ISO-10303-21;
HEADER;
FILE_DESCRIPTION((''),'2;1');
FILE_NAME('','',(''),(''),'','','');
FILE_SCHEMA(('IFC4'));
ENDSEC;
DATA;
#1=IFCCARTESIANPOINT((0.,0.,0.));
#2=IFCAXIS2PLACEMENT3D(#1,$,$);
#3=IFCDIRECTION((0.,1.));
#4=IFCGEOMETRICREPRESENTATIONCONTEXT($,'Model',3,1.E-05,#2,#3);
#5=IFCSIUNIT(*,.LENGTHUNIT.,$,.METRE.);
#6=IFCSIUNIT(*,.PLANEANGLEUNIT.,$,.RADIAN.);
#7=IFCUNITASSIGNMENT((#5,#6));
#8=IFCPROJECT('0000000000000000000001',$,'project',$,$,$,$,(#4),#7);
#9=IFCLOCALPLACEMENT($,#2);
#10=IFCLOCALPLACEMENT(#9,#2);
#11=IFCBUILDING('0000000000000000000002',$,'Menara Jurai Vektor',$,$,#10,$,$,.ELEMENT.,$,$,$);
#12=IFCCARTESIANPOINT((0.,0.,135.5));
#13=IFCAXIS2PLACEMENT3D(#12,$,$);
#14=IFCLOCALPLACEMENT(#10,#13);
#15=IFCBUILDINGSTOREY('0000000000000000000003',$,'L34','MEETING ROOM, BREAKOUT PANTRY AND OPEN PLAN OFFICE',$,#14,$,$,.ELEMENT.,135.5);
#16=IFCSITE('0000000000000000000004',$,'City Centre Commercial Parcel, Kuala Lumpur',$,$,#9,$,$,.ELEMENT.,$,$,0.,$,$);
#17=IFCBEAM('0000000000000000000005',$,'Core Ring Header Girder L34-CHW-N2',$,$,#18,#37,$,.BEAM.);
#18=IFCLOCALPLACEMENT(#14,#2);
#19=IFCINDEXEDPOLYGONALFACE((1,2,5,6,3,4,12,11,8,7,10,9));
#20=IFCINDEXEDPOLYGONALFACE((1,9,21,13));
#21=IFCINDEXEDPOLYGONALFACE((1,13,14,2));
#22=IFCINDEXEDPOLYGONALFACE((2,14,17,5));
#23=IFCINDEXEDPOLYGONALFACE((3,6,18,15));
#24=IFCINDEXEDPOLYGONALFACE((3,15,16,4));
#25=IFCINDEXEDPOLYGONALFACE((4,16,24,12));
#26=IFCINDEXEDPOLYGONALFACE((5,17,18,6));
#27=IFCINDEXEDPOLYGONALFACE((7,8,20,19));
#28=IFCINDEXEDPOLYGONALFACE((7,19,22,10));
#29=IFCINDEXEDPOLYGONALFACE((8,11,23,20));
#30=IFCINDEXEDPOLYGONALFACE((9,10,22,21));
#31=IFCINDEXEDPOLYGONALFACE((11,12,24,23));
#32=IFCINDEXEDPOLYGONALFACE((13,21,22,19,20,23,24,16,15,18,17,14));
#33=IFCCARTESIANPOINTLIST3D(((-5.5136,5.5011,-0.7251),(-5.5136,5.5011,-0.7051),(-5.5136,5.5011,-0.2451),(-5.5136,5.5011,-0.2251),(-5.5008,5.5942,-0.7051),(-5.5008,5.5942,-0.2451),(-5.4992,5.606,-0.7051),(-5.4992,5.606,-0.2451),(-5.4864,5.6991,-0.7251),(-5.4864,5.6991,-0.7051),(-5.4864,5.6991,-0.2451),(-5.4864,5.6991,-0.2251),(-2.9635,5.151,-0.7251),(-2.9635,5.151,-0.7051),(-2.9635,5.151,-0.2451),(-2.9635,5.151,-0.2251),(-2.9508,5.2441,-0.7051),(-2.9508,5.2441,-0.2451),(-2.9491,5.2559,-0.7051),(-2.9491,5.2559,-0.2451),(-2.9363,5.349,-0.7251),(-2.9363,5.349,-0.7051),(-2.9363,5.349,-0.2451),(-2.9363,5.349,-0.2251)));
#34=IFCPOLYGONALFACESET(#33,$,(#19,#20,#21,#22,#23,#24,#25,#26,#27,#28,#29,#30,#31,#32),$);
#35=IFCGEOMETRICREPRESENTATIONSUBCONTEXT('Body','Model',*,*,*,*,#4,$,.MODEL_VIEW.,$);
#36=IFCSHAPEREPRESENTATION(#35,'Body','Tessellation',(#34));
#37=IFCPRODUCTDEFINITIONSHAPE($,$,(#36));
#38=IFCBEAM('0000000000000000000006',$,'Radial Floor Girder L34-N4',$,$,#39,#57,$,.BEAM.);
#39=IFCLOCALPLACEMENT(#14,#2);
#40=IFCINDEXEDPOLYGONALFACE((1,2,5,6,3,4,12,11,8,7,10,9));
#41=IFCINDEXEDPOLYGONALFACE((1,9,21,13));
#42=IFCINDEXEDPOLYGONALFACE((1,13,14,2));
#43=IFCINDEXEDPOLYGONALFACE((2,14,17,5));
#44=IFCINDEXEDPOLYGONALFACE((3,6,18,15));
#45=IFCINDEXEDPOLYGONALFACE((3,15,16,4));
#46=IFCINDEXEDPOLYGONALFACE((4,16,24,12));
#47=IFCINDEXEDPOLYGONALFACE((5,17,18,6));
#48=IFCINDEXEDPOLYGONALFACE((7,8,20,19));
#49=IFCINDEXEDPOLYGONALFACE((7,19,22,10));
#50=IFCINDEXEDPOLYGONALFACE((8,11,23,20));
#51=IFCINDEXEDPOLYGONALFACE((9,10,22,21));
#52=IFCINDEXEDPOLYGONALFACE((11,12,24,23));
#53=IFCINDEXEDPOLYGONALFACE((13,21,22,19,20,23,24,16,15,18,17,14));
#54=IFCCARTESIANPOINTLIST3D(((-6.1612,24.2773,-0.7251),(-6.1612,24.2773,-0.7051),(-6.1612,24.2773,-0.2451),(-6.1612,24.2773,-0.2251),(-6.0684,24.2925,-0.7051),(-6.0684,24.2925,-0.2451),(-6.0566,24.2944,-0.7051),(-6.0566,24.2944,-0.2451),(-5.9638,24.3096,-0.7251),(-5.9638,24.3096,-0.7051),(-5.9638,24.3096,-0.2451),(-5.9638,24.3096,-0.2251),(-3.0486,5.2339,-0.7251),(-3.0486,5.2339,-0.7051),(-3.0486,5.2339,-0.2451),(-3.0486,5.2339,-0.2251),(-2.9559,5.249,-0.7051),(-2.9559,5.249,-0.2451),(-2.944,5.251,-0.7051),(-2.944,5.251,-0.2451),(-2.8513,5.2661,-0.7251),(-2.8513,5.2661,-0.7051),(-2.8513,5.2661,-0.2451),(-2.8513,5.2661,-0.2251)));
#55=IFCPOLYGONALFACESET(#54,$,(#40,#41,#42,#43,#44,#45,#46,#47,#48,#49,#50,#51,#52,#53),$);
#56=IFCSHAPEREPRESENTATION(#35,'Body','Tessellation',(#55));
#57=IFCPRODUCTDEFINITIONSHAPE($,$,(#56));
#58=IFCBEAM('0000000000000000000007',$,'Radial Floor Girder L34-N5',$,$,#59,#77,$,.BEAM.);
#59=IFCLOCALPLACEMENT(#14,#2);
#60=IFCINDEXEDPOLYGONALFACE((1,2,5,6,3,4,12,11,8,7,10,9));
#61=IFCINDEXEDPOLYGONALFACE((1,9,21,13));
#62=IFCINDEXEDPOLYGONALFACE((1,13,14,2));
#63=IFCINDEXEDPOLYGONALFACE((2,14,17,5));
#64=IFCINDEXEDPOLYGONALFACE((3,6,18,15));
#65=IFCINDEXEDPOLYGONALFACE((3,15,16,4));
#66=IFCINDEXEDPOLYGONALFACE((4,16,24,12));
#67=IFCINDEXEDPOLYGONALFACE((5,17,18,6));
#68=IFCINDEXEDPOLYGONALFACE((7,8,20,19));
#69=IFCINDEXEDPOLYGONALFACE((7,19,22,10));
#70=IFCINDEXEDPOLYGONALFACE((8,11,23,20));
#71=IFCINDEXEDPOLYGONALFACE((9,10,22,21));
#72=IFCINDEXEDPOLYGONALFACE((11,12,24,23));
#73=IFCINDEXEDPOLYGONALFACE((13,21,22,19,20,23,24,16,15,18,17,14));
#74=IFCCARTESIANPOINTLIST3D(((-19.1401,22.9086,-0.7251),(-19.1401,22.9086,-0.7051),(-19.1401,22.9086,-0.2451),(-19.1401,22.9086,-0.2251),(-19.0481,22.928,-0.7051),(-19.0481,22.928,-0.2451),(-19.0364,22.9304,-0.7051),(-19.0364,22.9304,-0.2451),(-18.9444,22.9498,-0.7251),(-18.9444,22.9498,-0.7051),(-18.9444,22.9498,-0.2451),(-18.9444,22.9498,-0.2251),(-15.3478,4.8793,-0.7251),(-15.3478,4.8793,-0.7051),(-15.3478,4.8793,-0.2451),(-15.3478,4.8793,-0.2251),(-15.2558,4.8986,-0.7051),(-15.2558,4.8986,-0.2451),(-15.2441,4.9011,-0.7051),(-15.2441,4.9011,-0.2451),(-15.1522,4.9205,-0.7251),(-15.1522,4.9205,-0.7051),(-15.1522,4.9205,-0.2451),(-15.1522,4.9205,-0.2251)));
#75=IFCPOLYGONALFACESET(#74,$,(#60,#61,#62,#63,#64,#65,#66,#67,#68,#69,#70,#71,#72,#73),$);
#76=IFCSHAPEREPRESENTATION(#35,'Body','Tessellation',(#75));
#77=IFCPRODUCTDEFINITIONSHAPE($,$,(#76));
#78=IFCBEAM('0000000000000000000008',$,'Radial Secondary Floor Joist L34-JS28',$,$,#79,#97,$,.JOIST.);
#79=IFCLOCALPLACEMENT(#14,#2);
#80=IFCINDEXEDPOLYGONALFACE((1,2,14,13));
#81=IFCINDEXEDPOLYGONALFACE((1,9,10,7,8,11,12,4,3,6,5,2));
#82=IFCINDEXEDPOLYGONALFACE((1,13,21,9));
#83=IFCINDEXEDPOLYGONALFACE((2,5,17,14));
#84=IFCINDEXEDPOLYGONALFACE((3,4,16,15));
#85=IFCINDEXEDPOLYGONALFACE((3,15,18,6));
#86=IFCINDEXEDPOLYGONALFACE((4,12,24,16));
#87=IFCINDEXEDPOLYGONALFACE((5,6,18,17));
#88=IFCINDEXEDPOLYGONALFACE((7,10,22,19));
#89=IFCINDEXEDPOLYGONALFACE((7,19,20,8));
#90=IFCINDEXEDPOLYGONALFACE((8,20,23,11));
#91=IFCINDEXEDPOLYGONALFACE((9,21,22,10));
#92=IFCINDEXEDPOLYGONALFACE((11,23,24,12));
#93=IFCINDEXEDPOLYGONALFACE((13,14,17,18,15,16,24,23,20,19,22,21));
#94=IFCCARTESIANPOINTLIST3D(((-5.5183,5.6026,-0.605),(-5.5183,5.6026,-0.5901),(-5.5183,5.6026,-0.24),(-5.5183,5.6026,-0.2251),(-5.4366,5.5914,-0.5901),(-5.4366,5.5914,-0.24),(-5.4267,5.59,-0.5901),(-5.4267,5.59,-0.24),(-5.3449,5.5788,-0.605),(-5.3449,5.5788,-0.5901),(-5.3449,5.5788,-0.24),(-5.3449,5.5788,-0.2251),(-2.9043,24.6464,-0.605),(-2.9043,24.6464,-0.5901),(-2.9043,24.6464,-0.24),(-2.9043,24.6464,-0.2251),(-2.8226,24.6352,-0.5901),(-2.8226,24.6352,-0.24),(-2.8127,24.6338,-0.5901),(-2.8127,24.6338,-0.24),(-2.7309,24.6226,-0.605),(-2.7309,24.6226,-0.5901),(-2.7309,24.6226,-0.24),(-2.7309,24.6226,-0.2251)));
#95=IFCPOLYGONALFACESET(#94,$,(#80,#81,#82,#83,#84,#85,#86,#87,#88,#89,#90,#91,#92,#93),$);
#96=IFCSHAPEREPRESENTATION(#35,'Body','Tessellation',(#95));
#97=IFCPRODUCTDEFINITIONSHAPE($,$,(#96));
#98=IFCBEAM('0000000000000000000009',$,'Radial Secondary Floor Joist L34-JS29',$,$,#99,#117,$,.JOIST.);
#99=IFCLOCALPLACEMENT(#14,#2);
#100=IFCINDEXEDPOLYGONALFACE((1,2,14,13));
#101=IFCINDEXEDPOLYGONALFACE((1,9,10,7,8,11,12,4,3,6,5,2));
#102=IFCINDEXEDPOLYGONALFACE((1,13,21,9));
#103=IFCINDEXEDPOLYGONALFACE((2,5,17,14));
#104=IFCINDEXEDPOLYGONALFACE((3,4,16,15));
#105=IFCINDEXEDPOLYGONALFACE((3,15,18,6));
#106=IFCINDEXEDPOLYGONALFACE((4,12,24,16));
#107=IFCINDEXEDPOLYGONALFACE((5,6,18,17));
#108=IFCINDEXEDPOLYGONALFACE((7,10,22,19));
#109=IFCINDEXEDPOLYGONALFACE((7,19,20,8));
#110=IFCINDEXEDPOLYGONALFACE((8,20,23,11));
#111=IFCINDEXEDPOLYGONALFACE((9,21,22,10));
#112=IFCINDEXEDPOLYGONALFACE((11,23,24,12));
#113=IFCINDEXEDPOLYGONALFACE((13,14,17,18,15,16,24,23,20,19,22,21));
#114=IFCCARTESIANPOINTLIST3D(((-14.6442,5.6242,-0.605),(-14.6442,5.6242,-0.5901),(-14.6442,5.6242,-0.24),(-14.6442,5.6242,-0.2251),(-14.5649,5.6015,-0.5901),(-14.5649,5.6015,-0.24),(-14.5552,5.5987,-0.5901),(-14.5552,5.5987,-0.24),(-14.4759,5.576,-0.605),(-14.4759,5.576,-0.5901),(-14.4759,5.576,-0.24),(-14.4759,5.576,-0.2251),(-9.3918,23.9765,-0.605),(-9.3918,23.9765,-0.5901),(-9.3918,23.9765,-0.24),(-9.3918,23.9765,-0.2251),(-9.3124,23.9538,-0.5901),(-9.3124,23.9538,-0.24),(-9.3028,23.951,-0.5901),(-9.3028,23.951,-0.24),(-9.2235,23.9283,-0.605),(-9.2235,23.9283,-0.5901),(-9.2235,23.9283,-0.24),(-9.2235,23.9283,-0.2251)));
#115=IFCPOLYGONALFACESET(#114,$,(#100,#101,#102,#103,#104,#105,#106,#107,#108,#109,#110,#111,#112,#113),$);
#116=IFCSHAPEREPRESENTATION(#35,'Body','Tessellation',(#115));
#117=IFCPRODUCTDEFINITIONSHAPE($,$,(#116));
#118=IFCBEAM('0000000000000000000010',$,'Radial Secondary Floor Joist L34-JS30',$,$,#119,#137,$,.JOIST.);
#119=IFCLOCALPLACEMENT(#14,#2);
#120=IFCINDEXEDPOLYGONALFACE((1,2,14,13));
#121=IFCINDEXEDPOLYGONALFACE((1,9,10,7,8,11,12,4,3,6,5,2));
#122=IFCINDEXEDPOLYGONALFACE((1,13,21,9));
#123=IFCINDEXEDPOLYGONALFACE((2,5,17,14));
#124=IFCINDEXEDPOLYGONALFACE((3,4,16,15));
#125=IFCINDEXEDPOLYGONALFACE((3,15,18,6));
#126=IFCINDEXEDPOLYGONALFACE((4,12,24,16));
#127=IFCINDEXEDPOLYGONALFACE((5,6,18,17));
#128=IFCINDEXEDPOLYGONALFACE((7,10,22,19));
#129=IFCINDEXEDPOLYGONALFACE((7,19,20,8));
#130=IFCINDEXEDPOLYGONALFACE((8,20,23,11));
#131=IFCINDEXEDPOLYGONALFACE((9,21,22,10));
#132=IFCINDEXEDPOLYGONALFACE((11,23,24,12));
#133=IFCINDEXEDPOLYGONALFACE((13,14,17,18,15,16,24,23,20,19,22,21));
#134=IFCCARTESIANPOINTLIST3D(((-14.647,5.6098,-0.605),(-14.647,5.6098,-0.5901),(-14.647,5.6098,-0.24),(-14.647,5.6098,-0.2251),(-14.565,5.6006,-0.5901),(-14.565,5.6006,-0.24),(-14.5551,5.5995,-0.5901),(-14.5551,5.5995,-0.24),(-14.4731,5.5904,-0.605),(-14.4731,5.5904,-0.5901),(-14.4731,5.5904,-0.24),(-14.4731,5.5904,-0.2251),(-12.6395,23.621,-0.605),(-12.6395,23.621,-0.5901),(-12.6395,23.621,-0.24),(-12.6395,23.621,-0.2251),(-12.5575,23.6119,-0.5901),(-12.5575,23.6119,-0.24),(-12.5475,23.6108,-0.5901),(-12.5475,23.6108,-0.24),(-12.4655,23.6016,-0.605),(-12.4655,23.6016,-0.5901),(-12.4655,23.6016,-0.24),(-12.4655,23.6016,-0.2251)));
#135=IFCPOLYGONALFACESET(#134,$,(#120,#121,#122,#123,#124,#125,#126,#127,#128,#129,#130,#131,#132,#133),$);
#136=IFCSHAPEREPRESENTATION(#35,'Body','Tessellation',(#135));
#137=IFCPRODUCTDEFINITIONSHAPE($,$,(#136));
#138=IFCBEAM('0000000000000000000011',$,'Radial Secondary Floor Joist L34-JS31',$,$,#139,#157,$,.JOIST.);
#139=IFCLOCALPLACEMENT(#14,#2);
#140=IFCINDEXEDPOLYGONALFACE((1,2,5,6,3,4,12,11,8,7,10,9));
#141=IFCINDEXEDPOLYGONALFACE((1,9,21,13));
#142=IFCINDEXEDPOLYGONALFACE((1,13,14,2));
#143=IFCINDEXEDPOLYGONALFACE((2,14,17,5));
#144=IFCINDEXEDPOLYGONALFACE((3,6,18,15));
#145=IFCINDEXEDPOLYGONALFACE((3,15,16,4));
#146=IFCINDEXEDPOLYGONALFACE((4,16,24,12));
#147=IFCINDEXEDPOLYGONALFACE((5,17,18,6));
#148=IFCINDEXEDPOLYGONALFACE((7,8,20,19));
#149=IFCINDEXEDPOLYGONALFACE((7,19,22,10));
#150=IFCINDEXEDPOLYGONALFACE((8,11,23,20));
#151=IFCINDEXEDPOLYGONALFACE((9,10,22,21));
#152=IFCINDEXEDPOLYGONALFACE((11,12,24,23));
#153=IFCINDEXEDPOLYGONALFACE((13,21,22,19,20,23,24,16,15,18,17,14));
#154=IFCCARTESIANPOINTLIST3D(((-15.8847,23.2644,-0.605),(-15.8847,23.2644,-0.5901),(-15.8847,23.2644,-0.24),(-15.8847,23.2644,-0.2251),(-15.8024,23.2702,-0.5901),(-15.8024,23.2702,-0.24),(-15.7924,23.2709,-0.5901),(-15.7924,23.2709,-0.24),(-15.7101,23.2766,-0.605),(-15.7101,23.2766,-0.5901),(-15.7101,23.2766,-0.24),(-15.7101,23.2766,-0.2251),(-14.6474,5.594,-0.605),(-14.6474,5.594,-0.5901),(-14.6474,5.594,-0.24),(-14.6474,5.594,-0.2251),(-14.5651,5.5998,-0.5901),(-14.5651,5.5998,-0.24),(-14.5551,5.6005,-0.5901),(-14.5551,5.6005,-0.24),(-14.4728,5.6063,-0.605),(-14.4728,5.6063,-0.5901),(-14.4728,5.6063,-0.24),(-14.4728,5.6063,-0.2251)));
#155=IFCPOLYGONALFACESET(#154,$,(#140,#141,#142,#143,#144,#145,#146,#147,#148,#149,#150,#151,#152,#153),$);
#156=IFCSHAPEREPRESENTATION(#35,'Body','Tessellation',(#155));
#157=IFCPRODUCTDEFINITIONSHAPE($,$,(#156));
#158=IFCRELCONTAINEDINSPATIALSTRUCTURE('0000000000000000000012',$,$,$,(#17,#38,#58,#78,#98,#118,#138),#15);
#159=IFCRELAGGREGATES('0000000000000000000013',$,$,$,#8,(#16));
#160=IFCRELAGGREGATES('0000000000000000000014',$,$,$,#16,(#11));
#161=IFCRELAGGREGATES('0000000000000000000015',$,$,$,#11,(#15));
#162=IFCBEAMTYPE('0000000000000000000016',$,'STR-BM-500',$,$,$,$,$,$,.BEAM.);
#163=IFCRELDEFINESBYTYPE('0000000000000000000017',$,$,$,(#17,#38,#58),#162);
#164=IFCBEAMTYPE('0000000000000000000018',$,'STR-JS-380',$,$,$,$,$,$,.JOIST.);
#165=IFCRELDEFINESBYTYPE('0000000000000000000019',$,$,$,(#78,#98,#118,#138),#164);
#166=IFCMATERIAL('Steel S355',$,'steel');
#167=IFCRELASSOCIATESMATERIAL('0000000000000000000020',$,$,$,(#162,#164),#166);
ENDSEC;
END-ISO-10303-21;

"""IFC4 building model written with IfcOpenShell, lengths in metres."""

from ifc_helpers import new_model, si_unit, direction, frame, origin, origin_2d, place, context, subcontext, project, spatial, i_section, extrude, material, material_profile, profile_set, type_object, element, save


model = new_model("IFC4")

# Units and contexts
model_context = context("Model", 3, precision=1e-05, world=origin(), true_north=direction((0.0, 1.0)))
body_context = subcontext(model_context, "Body", "Model", "MODEL_VIEW")
ifc_project = project(units=[si_unit("LENGTHUNIT", "METRE"), si_unit("PLANEANGLEUNIT", "RADIAN")], contexts=[model_context])

# Site, building, storey
site_placement = place(None, origin())
site = spatial("IfcSite", under=ifc_project, at=site_placement, Name="City Centre Commercial Parcel, Kuala Lumpur", CompositionType="ELEMENT", RefElevation=0.0)
building_placement = place(site_placement, origin())
building = spatial("IfcBuilding", under=site, at=building_placement, Name="Menara Jurai Vektor", CompositionType="ELEMENT")
storey_placement = place(building_placement, frame((0.0, 0.0, 135.5)))
storey = spatial("IfcBuildingStorey", under=building, at=storey_placement, Name="L34", Description="MEETING ROOM, BREAKOUT PANTRY AND OPEN PLAN OFFICE", CompositionType="ELEMENT", Elevation=135.5)

# Beams
ifc_material_1 = material(Name="Steel S355", Category="steel")
ifc_material_profile_1 = material_profile(ifc_material_1, i_section(OverallWidth=0.2, OverallDepth=0.5, WebThickness=0.012, FlangeThickness=0.02, at=origin_2d()), Name="PG 500x200x96")
ifc_profile_set_1 = profile_set([ifc_material_profile_1], Name="Steel S355")
beam_type_1 = type_object("IfcBeamType", Name="STR-BM-500", PredefinedType="BEAM", material=ifc_profile_set_1)
beam_1_placement = place(storey_placement, frame((-5.5, 5.6001, -0.4751), z_axis=(0.990707, -0.136015, 0.0), x_axis=(0.136015, 0.990707, 0.0)))
element("IfcBeam", 1, at=beam_1_placement, inside=storey, type_object=beam_type_1, Name="Core Ring Header Girder L34-CHW-N2", PredefinedType="BEAM", context=body_context, shape_type="SweptSolid", body=[
    extrude(i_section(OverallWidth=0.2, OverallDepth=0.5, WebThickness=0.012, FlangeThickness=0.02, at=origin_2d()), origin(), (0.0, 0.0, 1.0), 2.574),
])
beam_2_placement = place(storey_placement, frame((-6.0625, 24.2935, -0.4751), z_axis=(0.161304, -0.986905, 0.0), x_axis=(0.986905, 0.161304, 0.0)))
element("IfcBeam", 2, at=beam_2_placement, inside=storey, type_object=beam_type_1, Name="Radial Floor Girder L34-N4", PredefinedType="BEAM", context=body_context, shape_type="SweptSolid", body=[
    extrude(i_section(OverallWidth=0.2, OverallDepth=0.5, WebThickness=0.012, FlangeThickness=0.02, at=origin_2d()), origin(), (0.0, 0.0, 1.0), 19.2961),
])
beam_3_placement = place(storey_placement, frame((-19.0422, 22.9292, -0.4751), z_axis=(0.205833, -0.978587, 0.0), x_axis=(0.978587, 0.205833, 0.0)))
element("IfcBeam", 3, at=beam_3_placement, inside=storey, type_object=beam_type_1, Name="Radial Floor Girder L34-N5", PredefinedType="BEAM", context=body_context, shape_type="SweptSolid", body=[
    extrude(i_section(OverallWidth=0.2, OverallDepth=0.5, WebThickness=0.012, FlangeThickness=0.02, at=origin_2d()), origin(), (0.0, 0.0, 1.0), 18.4238),
])
ifc_material_profile_2 = material_profile(ifc_material_1, i_section(OverallWidth=0.175, OverallDepth=0.3799, WebThickness=0.01, FlangeThickness=0.0149, at=origin_2d()), Name="PG 380x175x58")
ifc_profile_set_2 = profile_set([ifc_material_profile_2], Name="Steel S355")
beam_type_2 = type_object("IfcBeamType", Name="STR-JS-380", PredefinedType="JOIST", material=ifc_profile_set_2)
beam_4_placement = place(storey_placement, frame((-2.8176, 24.6345, -0.415), z_axis=(-0.135987, -0.990711, 0.0), x_axis=(0.990711, -0.135987, 0.0)))
element("IfcBeam", 4, at=beam_4_placement, inside=storey, type_object=beam_type_2, Name="Radial Secondary Floor Joist L34-JS28", PredefinedType="JOIST", context=body_context, shape_type="SweptSolid", body=[
    extrude(i_section(OverallWidth=0.175, OverallDepth=0.3799, WebThickness=0.01, FlangeThickness=0.0149, at=origin_2d()), origin(), (0.0, 0.0, 1.0), 19.2224),
])
beam_5_placement = place(storey_placement, frame((-9.3076, 23.9524, -0.415), z_axis=(-0.275154, -0.9614, 0.0), x_axis=(0.9614, -0.275154, 0.0)))
element("IfcBeam", 5, at=beam_5_placement, inside=storey, type_object=beam_type_2, Name="Radial Secondary Floor Joist L34-JS29", PredefinedType="JOIST", context=body_context, shape_type="SweptSolid", body=[
    extrude(i_section(OverallWidth=0.175, OverallDepth=0.3799, WebThickness=0.01, FlangeThickness=0.0149, at=origin_2d()), origin(), (0.0, 0.0, 1.0), 19.0891),
])
beam_6_placement = place(storey_placement, frame((-12.5525, 23.6113, -0.415), z_axis=(-0.110776, -0.993845, 0.0), x_axis=(0.993845, -0.110776, 0.0)))
element("IfcBeam", 6, at=beam_6_placement, inside=storey, type_object=beam_type_2, Name="Radial Secondary Floor Joist L34-JS30", PredefinedType="JOIST", context=body_context, shape_type="SweptSolid", body=[
    extrude(i_section(OverallWidth=0.175, OverallDepth=0.3799, WebThickness=0.01, FlangeThickness=0.0149, at=origin_2d()), origin(), (0.0, 0.0, 1.0), 18.1228),
])
beam_7_placement = place(storey_placement, frame((-15.7974, 23.2705, -0.415), z_axis=(0.06985, -0.997557, 0.0), x_axis=(0.997557, 0.06985, 0.0)))
element("IfcBeam", 7, at=beam_7_placement, inside=storey, type_object=beam_type_2, Name="Radial Secondary Floor Joist L34-JS31", PredefinedType="JOIST", context=body_context, shape_type="SweptSolid", body=[
    extrude(i_section(OverallWidth=0.175, OverallDepth=0.3799, WebThickness=0.01, FlangeThickness=0.0149, at=origin_2d()), origin(), (0.0, 0.0, 1.0), 17.7136),
])

save(model, "model.ifc")
